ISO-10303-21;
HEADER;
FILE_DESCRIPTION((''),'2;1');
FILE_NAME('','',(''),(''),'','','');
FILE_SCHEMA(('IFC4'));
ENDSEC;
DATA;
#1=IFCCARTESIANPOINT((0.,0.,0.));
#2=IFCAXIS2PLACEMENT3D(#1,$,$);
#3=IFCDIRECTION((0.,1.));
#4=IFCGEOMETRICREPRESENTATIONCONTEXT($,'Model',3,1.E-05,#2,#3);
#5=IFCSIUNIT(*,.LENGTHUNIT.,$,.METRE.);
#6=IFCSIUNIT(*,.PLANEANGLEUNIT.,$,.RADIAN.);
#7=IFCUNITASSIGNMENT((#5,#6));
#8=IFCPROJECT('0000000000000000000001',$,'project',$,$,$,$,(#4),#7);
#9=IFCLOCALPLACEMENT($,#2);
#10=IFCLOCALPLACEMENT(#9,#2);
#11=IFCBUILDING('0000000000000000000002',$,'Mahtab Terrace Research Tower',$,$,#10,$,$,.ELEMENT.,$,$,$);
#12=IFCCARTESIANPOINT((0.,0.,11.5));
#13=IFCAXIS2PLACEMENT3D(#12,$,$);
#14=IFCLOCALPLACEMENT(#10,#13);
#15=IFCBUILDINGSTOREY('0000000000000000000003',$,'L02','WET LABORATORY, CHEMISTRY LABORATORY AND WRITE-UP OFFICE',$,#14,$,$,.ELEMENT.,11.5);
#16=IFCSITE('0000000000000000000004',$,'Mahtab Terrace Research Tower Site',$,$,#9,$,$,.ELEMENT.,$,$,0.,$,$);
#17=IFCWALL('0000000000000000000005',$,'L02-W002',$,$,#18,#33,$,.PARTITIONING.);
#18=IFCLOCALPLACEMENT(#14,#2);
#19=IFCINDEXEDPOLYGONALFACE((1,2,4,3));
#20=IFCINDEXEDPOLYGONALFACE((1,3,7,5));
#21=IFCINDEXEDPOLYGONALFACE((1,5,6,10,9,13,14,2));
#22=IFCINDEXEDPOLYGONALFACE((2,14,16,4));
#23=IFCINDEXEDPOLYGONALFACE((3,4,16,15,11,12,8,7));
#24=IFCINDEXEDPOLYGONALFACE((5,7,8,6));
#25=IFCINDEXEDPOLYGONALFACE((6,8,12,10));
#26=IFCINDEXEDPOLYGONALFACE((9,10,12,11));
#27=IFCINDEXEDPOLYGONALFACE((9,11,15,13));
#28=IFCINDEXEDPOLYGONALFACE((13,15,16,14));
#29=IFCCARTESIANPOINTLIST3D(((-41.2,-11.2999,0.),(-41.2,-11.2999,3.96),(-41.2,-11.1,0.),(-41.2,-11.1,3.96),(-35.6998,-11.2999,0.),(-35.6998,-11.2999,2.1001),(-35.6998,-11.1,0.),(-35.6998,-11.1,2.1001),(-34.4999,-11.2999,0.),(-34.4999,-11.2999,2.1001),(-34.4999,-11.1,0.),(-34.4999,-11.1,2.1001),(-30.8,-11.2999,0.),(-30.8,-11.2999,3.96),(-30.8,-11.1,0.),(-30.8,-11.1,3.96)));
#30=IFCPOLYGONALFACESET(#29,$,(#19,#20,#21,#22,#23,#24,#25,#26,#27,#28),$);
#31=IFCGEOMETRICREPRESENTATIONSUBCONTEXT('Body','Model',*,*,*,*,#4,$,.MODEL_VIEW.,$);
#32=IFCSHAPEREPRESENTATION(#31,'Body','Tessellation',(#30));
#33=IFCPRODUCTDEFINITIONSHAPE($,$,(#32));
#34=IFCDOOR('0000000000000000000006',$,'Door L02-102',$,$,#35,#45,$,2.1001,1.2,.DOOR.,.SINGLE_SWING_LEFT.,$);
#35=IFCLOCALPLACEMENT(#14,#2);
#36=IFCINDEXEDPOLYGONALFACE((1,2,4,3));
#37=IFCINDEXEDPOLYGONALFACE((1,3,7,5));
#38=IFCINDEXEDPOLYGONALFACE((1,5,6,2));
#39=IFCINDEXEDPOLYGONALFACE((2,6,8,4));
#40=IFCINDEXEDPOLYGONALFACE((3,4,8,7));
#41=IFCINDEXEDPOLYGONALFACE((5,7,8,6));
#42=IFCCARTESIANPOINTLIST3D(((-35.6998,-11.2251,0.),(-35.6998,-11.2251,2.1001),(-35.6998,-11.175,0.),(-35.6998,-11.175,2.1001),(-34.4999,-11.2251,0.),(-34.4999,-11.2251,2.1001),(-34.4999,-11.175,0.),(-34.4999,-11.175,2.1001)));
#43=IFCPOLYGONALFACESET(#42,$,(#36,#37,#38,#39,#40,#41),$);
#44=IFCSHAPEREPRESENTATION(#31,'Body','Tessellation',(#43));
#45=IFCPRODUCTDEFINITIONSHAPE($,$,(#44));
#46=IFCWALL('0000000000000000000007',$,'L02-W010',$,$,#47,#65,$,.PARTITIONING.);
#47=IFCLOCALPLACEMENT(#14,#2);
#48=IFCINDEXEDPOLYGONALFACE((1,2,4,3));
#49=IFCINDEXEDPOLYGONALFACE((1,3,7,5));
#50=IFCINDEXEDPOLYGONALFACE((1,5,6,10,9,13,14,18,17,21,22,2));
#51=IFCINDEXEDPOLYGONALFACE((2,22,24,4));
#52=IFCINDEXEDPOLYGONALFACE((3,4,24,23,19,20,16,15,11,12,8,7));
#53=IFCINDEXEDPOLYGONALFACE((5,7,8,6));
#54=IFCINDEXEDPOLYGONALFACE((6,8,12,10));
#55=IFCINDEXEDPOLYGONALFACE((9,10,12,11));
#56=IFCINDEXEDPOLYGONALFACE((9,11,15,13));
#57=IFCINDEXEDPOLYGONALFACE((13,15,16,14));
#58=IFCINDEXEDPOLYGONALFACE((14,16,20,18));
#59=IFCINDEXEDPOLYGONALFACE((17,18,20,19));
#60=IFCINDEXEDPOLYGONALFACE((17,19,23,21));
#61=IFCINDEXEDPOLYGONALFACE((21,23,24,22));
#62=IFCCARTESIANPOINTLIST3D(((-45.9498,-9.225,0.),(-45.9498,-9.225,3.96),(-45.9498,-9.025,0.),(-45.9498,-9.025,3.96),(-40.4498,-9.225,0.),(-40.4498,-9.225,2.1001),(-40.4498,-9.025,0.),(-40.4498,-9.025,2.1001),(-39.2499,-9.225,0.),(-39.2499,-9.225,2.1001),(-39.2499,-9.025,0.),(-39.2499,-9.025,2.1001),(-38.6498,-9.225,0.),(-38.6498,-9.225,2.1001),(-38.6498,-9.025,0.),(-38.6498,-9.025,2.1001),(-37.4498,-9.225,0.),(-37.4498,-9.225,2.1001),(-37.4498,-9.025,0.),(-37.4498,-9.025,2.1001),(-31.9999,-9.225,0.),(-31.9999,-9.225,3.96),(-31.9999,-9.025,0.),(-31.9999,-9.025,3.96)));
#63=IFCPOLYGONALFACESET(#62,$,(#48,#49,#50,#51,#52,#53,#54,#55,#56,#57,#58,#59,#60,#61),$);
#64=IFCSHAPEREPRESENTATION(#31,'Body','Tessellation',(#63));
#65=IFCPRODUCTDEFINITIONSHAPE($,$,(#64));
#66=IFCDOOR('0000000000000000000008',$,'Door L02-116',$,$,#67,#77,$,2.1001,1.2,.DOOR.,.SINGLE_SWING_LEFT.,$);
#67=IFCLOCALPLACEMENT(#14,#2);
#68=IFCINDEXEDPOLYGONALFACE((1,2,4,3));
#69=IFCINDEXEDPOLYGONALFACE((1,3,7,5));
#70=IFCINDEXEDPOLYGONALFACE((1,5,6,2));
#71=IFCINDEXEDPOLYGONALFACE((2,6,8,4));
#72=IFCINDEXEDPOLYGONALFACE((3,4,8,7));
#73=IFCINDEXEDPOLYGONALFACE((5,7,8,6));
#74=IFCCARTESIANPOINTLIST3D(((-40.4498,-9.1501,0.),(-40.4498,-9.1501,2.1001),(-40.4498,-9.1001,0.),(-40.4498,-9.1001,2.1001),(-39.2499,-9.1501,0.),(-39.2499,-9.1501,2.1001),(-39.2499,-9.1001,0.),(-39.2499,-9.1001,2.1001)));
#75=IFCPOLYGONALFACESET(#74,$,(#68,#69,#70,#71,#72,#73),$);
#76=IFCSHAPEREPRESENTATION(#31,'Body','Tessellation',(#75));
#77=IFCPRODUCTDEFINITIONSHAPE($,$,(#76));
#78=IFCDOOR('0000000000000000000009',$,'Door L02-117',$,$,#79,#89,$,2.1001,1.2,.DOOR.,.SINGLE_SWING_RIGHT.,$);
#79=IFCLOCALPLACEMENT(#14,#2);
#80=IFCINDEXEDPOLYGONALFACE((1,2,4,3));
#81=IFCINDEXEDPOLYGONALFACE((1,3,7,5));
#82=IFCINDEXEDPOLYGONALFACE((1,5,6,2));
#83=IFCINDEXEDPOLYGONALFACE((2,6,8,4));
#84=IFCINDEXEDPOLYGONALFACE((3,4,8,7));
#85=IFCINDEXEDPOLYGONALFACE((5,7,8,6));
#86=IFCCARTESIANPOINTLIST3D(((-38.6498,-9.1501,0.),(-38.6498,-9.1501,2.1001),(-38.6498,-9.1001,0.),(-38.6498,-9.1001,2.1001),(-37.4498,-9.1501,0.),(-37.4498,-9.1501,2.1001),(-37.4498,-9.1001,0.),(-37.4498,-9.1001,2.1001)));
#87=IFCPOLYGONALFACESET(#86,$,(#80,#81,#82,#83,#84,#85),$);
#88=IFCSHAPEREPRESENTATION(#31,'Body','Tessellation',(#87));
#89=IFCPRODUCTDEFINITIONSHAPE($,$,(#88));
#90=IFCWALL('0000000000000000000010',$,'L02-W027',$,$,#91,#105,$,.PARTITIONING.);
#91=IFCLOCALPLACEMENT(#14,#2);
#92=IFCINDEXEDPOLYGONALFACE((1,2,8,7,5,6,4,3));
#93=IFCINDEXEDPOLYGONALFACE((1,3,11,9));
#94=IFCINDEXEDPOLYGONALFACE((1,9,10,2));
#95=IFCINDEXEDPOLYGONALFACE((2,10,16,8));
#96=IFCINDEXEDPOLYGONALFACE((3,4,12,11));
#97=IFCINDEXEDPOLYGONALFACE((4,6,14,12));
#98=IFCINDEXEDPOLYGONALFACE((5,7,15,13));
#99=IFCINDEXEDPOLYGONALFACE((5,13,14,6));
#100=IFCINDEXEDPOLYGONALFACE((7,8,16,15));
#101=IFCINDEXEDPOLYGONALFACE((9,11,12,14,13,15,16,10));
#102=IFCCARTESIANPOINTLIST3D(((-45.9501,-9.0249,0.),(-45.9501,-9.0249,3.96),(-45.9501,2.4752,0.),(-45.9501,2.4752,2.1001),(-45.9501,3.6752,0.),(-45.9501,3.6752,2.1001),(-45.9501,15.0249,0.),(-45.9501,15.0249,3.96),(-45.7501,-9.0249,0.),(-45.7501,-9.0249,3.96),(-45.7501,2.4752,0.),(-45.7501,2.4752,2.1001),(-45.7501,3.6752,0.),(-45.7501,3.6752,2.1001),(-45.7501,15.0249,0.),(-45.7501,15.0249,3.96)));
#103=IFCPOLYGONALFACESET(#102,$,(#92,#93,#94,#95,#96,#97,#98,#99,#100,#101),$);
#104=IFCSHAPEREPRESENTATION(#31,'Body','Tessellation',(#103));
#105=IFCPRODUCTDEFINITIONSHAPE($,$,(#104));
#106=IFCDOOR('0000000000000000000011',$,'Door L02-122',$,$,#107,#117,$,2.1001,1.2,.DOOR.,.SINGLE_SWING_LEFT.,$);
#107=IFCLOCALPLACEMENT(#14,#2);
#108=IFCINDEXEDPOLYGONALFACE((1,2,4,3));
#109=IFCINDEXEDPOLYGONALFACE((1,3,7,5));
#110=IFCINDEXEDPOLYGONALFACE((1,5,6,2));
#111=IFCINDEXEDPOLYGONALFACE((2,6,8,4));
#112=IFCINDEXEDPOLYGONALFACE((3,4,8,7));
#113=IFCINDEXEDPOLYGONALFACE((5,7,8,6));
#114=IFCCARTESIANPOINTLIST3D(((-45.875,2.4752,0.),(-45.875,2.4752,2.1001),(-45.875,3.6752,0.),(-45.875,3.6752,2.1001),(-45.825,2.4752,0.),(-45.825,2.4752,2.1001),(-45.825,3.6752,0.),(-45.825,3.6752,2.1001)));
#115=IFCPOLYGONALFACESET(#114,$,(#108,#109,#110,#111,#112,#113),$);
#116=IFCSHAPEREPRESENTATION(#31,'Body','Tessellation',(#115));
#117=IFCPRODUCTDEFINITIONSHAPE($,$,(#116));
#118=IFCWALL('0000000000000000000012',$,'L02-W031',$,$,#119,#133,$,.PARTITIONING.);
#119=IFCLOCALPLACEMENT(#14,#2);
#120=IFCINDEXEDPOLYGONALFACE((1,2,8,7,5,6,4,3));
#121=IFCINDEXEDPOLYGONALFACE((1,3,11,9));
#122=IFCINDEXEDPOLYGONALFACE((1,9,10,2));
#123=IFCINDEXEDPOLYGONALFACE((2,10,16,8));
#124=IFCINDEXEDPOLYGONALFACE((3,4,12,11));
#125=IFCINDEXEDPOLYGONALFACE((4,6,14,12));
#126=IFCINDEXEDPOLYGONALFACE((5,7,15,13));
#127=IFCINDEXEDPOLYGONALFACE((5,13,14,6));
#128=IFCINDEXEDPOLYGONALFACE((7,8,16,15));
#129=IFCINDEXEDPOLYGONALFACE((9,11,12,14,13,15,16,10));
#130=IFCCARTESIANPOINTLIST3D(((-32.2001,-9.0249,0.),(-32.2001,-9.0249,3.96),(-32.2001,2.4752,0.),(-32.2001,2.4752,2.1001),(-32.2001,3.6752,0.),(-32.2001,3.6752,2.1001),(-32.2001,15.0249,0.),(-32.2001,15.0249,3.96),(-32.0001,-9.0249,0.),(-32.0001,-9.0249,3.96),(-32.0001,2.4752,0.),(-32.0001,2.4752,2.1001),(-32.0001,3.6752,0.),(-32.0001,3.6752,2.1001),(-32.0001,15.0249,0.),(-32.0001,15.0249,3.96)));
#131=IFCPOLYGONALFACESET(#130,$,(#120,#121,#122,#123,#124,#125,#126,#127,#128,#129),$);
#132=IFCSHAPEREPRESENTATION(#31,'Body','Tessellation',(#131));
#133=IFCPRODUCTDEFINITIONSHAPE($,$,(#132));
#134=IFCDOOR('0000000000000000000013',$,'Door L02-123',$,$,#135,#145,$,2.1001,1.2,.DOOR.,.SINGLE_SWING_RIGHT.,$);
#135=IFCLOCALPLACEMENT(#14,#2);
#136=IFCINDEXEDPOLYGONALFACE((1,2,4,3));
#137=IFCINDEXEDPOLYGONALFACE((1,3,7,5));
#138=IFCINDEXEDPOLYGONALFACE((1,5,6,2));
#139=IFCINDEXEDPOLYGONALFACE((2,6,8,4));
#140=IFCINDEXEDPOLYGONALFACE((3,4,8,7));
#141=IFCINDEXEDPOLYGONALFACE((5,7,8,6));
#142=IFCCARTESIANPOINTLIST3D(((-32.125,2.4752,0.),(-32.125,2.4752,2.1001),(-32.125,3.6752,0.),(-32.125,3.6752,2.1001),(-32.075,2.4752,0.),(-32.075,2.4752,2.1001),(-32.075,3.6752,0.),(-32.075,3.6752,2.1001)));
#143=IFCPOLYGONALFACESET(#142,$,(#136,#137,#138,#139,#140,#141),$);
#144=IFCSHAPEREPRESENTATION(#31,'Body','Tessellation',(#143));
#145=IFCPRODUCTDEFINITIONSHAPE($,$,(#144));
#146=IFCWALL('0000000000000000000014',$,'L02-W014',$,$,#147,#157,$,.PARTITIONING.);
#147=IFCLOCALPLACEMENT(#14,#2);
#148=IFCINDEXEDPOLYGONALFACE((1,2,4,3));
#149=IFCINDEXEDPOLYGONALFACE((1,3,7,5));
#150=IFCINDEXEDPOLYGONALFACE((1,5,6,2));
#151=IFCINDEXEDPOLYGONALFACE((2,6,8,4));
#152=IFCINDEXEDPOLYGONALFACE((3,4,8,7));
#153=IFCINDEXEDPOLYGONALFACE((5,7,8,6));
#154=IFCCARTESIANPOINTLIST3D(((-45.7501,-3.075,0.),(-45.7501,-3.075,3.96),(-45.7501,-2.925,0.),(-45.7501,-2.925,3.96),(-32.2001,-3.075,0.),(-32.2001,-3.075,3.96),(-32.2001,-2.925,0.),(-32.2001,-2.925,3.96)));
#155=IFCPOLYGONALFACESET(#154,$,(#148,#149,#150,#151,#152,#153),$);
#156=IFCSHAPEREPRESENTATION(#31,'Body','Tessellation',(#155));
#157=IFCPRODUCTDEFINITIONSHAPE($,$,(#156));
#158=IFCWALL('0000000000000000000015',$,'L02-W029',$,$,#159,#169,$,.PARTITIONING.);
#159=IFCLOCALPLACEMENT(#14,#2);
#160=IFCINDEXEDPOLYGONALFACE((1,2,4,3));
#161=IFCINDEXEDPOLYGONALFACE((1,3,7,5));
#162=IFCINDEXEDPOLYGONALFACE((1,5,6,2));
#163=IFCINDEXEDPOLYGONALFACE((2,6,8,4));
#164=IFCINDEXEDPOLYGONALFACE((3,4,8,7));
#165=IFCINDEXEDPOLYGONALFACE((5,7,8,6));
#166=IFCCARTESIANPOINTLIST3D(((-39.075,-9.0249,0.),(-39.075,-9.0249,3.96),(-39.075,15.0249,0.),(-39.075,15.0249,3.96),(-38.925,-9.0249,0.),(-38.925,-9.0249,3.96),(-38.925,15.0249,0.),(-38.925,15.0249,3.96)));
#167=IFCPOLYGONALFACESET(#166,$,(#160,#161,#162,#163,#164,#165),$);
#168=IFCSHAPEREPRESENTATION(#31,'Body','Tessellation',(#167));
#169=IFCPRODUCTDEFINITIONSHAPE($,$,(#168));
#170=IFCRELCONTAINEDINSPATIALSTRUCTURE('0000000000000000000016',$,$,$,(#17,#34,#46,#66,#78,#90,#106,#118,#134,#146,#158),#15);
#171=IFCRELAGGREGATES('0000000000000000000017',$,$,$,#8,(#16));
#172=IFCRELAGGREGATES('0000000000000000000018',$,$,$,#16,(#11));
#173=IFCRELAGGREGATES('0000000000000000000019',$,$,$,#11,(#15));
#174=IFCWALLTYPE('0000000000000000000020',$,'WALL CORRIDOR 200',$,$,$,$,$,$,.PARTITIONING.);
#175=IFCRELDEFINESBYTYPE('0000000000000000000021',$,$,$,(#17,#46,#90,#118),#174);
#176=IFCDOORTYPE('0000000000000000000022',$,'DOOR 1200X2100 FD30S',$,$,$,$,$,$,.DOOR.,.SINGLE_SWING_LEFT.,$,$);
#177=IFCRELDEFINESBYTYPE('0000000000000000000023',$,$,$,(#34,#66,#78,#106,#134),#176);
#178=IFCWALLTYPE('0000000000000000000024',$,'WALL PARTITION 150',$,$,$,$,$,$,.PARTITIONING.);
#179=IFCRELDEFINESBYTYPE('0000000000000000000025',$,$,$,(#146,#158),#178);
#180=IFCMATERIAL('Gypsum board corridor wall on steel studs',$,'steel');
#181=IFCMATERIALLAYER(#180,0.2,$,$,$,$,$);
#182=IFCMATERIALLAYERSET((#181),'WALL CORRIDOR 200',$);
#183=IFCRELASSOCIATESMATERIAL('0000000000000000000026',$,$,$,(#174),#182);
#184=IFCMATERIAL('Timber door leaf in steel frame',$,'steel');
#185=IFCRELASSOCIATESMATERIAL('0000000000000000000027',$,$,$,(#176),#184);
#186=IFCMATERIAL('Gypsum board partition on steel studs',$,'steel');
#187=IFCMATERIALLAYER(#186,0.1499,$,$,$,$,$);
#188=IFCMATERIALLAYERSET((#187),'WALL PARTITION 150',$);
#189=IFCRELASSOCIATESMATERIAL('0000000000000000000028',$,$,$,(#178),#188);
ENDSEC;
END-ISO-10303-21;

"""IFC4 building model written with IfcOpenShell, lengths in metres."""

from ifc_helpers import new_model, si_unit, direction, frame, frame_2d, origin, place, context, subcontext, project, spatial, rectangle, extrude, material, layer, layer_set, type_object, element, fill, save


model = new_model("IFC4")

# Units and contexts
model_context = context("Model", 3, precision=1e-05, world=origin(), true_north=direction((0.0, 1.0)))
body_context = subcontext(model_context, "Body", "Model", "MODEL_VIEW")
ifc_project = project(units=[si_unit("LENGTHUNIT", "METRE"), si_unit("PLANEANGLEUNIT", "RADIAN")], contexts=[model_context])

# Site, building, storey
site_placement = place(None, origin())
site = spatial("IfcSite", under=ifc_project, at=site_placement, Name="Mahtab Terrace Research Tower Site", CompositionType="ELEMENT", RefElevation=0.0)
building_placement = place(site_placement, origin())
building = spatial("IfcBuilding", under=site, at=building_placement, Name="Mahtab Terrace Research Tower", CompositionType="ELEMENT")
storey_placement = place(building_placement, frame((0.0, 0.0, 11.5)))
storey = spatial("IfcBuildingStorey", under=building, at=storey_placement, Name="L02", Description="WET LABORATORY, CHEMISTRY LABORATORY AND WRITE-UP OFFICE", CompositionType="ELEMENT", Elevation=11.5)

# Wall, opening, door
ifc_material_1 = material(Name="Gypsum board corridor wall on steel studs", Category="steel")
ifc_layer_1 = layer(ifc_material_1, 0.2)
ifc_layer_set_1 = layer_set([ifc_layer_1], Name="WALL CORRIDOR 200")
wall_type_1 = type_object("IfcWallType", Name="WALL CORRIDOR 200", PredefinedType="PARTITIONING", material=ifc_layer_set_1)
ifc_material_2 = material(Name="Timber door leaf in steel frame", Category="steel")
door_type = type_object("IfcDoorType", Name="DOOR 1200X2100 FD30S", OperationType="SINGLE_SWING_LEFT", PredefinedType="DOOR", material=ifc_material_2)
wall_1_placement = place(storey_placement, frame((-41.2, -11.2, 0.0), z_axis=(0.0, 0.0, 1.0), x_axis=(1.0, 0.0, 0.0)))
wall_1 = element("IfcWall", 1, at=wall_1_placement, inside=storey, type_object=wall_type_1, Name="L02-W002", PredefinedType="PARTITIONING", context=body_context, shape_type="SweptSolid", body=[
    extrude(rectangle(XDim=10.3999, YDim=0.2, at=frame_2d((5.2, 0.0))), origin(), (0.0, 0.0, 1.0), 3.96),
])
opening_1_placement = place(wall_1_placement, frame((5.5, 0.0, 0.0)))
opening_1 = element("IfcOpeningElement", 2, at=opening_1_placement, cuts=wall_1, PredefinedType="OPENING", context=body_context, shape_type="SweptSolid", body=[
    extrude(rectangle(XDim=1.2, YDim=2.1001, at=frame_2d((0.6001, 1.05))), frame((0.0, 0.1099, 0.0), z_axis=(0.0, -1.0, 0.0), x_axis=(1.0, 0.0, 0.0)), (0.0, 0.0, 1.0), 0.22),
])
door_1_placement = place(opening_1_placement, origin())
door_1 = element("IfcDoor", 3, at=door_1_placement, inside=storey, type_object=door_type, Name="Door L02-102", OperationType="SINGLE_SWING_LEFT", OverallHeight=2.1001, OverallWidth=1.2, PredefinedType="DOOR", context=body_context, shape_type="SweptSolid", body=[
    extrude(rectangle(XDim=1.2, YDim=2.1001, at=frame_2d((0.6001, 1.05))), frame((0.0, 0.0249, 0.0), z_axis=(0.0, -1.0, 0.0), x_axis=(1.0, 0.0, 0.0)), (0.0, 0.0, 1.0), 0.05),
])
fill(opening_1, door_1)

# Wall, openings, doors
wall_2_placement = place(storey_placement, frame((-45.95, -9.125, 0.0), z_axis=(0.0, 0.0, 1.0), x_axis=(1.0, 0.0, 0.0)))
wall_2 = element("IfcWall", 4, at=wall_2_placement, inside=storey, type_object=wall_type_1, Name="L02-W010", PredefinedType="PARTITIONING", context=body_context, shape_type="SweptSolid", body=[
    extrude(rectangle(XDim=13.95, YDim=0.2, at=frame_2d((6.9751, 0.0))), origin(), (0.0, 0.0, 1.0), 3.96),
])
opening_2_placement = place(wall_2_placement, frame((5.5, 0.0, 0.0)))
opening_2 = element("IfcOpeningElement", 5, at=opening_2_placement, cuts=wall_2, PredefinedType="OPENING", context=body_context, shape_type="SweptSolid", body=[
    extrude(rectangle(XDim=1.2, YDim=2.1001, at=frame_2d((0.6001, 1.05))), frame((0.0, 0.1099, 0.0), z_axis=(0.0, -1.0, 0.0), x_axis=(1.0, 0.0, 0.0)), (0.0, 0.0, 1.0), 0.22),
])
opening_3_placement = place(wall_2_placement, frame((7.3, 0.0, 0.0)))
opening_3 = element("IfcOpeningElement", 6, at=opening_3_placement, cuts=wall_2, PredefinedType="OPENING", context=body_context, shape_type="SweptSolid", body=[
    extrude(rectangle(XDim=1.2, YDim=2.1001, at=frame_2d((0.6001, 1.05))), frame((0.0, 0.1099, 0.0), z_axis=(0.0, -1.0, 0.0), x_axis=(1.0, 0.0, 0.0)), (0.0, 0.0, 1.0), 0.22),
])
door_2_placement = place(opening_2_placement, origin())
door_2 = element("IfcDoor", 7, at=door_2_placement, inside=storey, type_object=door_type, Name="Door L02-116", OperationType="SINGLE_SWING_LEFT", OverallHeight=2.1001, OverallWidth=1.2, PredefinedType="DOOR", context=body_context, shape_type="SweptSolid", body=[
    extrude(rectangle(XDim=1.2, YDim=2.1001, at=frame_2d((0.6001, 1.05))), frame((0.0, 0.0249, 0.0), z_axis=(0.0, -1.0, 0.0), x_axis=(1.0, 0.0, 0.0)), (0.0, 0.0, 1.0), 0.05),
])
fill(opening_2, door_2)
door_3_placement = place(opening_3_placement, origin())
door_3 = element("IfcDoor", 8, at=door_3_placement, inside=storey, type_object=door_type, Name="Door L02-117", OperationType="SINGLE_SWING_RIGHT", OverallHeight=2.1001, OverallWidth=1.2, PredefinedType="DOOR", context=body_context, shape_type="SweptSolid", body=[
    extrude(rectangle(XDim=1.2, YDim=2.1001, at=frame_2d((0.6001, 1.05))), frame((0.0, 0.0249, 0.0), z_axis=(0.0, -1.0, 0.0), x_axis=(1.0, 0.0, 0.0)), (0.0, 0.0, 1.0), 0.05),
])
fill(opening_3, door_3)

# Walls, openings, doors
wall_3_placement = place(storey_placement, frame((-45.8501, -9.0249, 0.0), z_axis=(0.0, 0.0, 1.0), x_axis=(0.0, 1.0, 0.0)))
wall_3 = element("IfcWall", 9, at=wall_3_placement, inside=storey, type_object=wall_type_1, Name="L02-W027", PredefinedType="PARTITIONING", context=body_context, shape_type="SweptSolid", body=[
    extrude(rectangle(XDim=24.0498, YDim=0.2, at=frame_2d((12.0249, 0.0))), origin(), (0.0, 0.0, 1.0), 3.96),
])
opening_4_placement = place(wall_3_placement, frame((11.5, 0.0, 0.0)))
opening_4 = element("IfcOpeningElement", 10, at=opening_4_placement, cuts=wall_3, PredefinedType="OPENING", context=body_context, shape_type="SweptSolid", body=[
    extrude(rectangle(XDim=1.2, YDim=2.1001, at=frame_2d((0.6001, 1.05))), frame((0.0, 0.1099, 0.0), z_axis=(0.0, -1.0, 0.0), x_axis=(1.0, 0.0, 0.0)), (0.0, 0.0, 1.0), 0.22),
])
door_4_placement = place(opening_4_placement, origin())
door_4 = element("IfcDoor", 11, at=door_4_placement, inside=storey, type_object=door_type, Name="Door L02-122", OperationType="SINGLE_SWING_LEFT", OverallHeight=2.1001, OverallWidth=1.2, PredefinedType="DOOR", context=body_context, shape_type="SweptSolid", body=[
    extrude(rectangle(XDim=1.2, YDim=2.1001, at=frame_2d((0.6001, 1.05))), frame((0.0, 0.0249, 0.0), z_axis=(0.0, -1.0, 0.0), x_axis=(1.0, 0.0, 0.0)), (0.0, 0.0, 1.0), 0.05),
])
fill(opening_4, door_4)
wall_4_placement = place(storey_placement, frame((-32.1001, -9.0249, 0.0), z_axis=(0.0, 0.0, 1.0), x_axis=(0.0, 1.0, 0.0)))
wall_4 = element("IfcWall", 12, at=wall_4_placement, inside=storey, type_object=wall_type_1, Name="L02-W031", PredefinedType="PARTITIONING", context=body_context, shape_type="SweptSolid", body=[
    extrude(rectangle(XDim=24.0498, YDim=0.2, at=frame_2d((12.0249, 0.0))), origin(), (0.0, 0.0, 1.0), 3.96),
])
opening_5_placement = place(wall_4_placement, frame((11.5, 0.0, 0.0)))
opening_5 = element("IfcOpeningElement", 13, at=opening_5_placement, cuts=wall_4, PredefinedType="OPENING", context=body_context, shape_type="SweptSolid", body=[
    extrude(rectangle(XDim=1.2, YDim=2.1001, at=frame_2d((0.6001, 1.05))), frame((0.0, 0.1099, 0.0), z_axis=(0.0, -1.0, 0.0), x_axis=(1.0, 0.0, 0.0)), (0.0, 0.0, 1.0), 0.22),
])
door_5_placement = place(opening_5_placement, origin())
door_5 = element("IfcDoor", 14, at=door_5_placement, inside=storey, type_object=door_type, Name="Door L02-123", OperationType="SINGLE_SWING_RIGHT", OverallHeight=2.1001, OverallWidth=1.2, PredefinedType="DOOR", context=body_context, shape_type="SweptSolid", body=[
    extrude(rectangle(XDim=1.2, YDim=2.1001, at=frame_2d((0.6001, 1.05))), frame((0.0, 0.0249, 0.0), z_axis=(0.0, -1.0, 0.0), x_axis=(1.0, 0.0, 0.0)), (0.0, 0.0, 1.0), 0.05),
])
fill(opening_5, door_5)

# Walls
ifc_material_3 = material(Name="Gypsum board partition on steel studs", Category="steel")
ifc_layer_2 = layer(ifc_material_3, 0.1499)
ifc_layer_set_2 = layer_set([ifc_layer_2], Name="WALL PARTITION 150")
wall_type_2 = type_object("IfcWallType", Name="WALL PARTITION 150", PredefinedType="PARTITIONING", material=ifc_layer_set_2)
wall_5_placement = place(storey_placement, frame((-45.75, -3.0, 0.0), z_axis=(0.0, 0.0, 1.0), x_axis=(1.0, 0.0, 0.0)))
element("IfcWall", 15, at=wall_5_placement, inside=storey, type_object=wall_type_2, Name="L02-W014", PredefinedType="PARTITIONING", context=body_context, shape_type="SweptSolid", body=[
    extrude(rectangle(XDim=13.55, YDim=0.1499, at=frame_2d((6.7749, 0.0))), origin(), (0.0, 0.0, 1.0), 3.96),
])
wall_6_placement = place(storey_placement, frame((-39.0, -9.0249, 0.0), z_axis=(0.0, 0.0, 1.0), x_axis=(0.0, 1.0, 0.0)))
element("IfcWall", 16, at=wall_6_placement, inside=storey, type_object=wall_type_2, Name="L02-W029", PredefinedType="PARTITIONING", context=body_context, shape_type="SweptSolid", body=[
    extrude(rectangle(XDim=24.0498, YDim=0.1499, at=frame_2d((12.0249, 0.0))), origin(), (0.0, 0.0, 1.0), 3.96),
])

save(model, "model.ifc")
